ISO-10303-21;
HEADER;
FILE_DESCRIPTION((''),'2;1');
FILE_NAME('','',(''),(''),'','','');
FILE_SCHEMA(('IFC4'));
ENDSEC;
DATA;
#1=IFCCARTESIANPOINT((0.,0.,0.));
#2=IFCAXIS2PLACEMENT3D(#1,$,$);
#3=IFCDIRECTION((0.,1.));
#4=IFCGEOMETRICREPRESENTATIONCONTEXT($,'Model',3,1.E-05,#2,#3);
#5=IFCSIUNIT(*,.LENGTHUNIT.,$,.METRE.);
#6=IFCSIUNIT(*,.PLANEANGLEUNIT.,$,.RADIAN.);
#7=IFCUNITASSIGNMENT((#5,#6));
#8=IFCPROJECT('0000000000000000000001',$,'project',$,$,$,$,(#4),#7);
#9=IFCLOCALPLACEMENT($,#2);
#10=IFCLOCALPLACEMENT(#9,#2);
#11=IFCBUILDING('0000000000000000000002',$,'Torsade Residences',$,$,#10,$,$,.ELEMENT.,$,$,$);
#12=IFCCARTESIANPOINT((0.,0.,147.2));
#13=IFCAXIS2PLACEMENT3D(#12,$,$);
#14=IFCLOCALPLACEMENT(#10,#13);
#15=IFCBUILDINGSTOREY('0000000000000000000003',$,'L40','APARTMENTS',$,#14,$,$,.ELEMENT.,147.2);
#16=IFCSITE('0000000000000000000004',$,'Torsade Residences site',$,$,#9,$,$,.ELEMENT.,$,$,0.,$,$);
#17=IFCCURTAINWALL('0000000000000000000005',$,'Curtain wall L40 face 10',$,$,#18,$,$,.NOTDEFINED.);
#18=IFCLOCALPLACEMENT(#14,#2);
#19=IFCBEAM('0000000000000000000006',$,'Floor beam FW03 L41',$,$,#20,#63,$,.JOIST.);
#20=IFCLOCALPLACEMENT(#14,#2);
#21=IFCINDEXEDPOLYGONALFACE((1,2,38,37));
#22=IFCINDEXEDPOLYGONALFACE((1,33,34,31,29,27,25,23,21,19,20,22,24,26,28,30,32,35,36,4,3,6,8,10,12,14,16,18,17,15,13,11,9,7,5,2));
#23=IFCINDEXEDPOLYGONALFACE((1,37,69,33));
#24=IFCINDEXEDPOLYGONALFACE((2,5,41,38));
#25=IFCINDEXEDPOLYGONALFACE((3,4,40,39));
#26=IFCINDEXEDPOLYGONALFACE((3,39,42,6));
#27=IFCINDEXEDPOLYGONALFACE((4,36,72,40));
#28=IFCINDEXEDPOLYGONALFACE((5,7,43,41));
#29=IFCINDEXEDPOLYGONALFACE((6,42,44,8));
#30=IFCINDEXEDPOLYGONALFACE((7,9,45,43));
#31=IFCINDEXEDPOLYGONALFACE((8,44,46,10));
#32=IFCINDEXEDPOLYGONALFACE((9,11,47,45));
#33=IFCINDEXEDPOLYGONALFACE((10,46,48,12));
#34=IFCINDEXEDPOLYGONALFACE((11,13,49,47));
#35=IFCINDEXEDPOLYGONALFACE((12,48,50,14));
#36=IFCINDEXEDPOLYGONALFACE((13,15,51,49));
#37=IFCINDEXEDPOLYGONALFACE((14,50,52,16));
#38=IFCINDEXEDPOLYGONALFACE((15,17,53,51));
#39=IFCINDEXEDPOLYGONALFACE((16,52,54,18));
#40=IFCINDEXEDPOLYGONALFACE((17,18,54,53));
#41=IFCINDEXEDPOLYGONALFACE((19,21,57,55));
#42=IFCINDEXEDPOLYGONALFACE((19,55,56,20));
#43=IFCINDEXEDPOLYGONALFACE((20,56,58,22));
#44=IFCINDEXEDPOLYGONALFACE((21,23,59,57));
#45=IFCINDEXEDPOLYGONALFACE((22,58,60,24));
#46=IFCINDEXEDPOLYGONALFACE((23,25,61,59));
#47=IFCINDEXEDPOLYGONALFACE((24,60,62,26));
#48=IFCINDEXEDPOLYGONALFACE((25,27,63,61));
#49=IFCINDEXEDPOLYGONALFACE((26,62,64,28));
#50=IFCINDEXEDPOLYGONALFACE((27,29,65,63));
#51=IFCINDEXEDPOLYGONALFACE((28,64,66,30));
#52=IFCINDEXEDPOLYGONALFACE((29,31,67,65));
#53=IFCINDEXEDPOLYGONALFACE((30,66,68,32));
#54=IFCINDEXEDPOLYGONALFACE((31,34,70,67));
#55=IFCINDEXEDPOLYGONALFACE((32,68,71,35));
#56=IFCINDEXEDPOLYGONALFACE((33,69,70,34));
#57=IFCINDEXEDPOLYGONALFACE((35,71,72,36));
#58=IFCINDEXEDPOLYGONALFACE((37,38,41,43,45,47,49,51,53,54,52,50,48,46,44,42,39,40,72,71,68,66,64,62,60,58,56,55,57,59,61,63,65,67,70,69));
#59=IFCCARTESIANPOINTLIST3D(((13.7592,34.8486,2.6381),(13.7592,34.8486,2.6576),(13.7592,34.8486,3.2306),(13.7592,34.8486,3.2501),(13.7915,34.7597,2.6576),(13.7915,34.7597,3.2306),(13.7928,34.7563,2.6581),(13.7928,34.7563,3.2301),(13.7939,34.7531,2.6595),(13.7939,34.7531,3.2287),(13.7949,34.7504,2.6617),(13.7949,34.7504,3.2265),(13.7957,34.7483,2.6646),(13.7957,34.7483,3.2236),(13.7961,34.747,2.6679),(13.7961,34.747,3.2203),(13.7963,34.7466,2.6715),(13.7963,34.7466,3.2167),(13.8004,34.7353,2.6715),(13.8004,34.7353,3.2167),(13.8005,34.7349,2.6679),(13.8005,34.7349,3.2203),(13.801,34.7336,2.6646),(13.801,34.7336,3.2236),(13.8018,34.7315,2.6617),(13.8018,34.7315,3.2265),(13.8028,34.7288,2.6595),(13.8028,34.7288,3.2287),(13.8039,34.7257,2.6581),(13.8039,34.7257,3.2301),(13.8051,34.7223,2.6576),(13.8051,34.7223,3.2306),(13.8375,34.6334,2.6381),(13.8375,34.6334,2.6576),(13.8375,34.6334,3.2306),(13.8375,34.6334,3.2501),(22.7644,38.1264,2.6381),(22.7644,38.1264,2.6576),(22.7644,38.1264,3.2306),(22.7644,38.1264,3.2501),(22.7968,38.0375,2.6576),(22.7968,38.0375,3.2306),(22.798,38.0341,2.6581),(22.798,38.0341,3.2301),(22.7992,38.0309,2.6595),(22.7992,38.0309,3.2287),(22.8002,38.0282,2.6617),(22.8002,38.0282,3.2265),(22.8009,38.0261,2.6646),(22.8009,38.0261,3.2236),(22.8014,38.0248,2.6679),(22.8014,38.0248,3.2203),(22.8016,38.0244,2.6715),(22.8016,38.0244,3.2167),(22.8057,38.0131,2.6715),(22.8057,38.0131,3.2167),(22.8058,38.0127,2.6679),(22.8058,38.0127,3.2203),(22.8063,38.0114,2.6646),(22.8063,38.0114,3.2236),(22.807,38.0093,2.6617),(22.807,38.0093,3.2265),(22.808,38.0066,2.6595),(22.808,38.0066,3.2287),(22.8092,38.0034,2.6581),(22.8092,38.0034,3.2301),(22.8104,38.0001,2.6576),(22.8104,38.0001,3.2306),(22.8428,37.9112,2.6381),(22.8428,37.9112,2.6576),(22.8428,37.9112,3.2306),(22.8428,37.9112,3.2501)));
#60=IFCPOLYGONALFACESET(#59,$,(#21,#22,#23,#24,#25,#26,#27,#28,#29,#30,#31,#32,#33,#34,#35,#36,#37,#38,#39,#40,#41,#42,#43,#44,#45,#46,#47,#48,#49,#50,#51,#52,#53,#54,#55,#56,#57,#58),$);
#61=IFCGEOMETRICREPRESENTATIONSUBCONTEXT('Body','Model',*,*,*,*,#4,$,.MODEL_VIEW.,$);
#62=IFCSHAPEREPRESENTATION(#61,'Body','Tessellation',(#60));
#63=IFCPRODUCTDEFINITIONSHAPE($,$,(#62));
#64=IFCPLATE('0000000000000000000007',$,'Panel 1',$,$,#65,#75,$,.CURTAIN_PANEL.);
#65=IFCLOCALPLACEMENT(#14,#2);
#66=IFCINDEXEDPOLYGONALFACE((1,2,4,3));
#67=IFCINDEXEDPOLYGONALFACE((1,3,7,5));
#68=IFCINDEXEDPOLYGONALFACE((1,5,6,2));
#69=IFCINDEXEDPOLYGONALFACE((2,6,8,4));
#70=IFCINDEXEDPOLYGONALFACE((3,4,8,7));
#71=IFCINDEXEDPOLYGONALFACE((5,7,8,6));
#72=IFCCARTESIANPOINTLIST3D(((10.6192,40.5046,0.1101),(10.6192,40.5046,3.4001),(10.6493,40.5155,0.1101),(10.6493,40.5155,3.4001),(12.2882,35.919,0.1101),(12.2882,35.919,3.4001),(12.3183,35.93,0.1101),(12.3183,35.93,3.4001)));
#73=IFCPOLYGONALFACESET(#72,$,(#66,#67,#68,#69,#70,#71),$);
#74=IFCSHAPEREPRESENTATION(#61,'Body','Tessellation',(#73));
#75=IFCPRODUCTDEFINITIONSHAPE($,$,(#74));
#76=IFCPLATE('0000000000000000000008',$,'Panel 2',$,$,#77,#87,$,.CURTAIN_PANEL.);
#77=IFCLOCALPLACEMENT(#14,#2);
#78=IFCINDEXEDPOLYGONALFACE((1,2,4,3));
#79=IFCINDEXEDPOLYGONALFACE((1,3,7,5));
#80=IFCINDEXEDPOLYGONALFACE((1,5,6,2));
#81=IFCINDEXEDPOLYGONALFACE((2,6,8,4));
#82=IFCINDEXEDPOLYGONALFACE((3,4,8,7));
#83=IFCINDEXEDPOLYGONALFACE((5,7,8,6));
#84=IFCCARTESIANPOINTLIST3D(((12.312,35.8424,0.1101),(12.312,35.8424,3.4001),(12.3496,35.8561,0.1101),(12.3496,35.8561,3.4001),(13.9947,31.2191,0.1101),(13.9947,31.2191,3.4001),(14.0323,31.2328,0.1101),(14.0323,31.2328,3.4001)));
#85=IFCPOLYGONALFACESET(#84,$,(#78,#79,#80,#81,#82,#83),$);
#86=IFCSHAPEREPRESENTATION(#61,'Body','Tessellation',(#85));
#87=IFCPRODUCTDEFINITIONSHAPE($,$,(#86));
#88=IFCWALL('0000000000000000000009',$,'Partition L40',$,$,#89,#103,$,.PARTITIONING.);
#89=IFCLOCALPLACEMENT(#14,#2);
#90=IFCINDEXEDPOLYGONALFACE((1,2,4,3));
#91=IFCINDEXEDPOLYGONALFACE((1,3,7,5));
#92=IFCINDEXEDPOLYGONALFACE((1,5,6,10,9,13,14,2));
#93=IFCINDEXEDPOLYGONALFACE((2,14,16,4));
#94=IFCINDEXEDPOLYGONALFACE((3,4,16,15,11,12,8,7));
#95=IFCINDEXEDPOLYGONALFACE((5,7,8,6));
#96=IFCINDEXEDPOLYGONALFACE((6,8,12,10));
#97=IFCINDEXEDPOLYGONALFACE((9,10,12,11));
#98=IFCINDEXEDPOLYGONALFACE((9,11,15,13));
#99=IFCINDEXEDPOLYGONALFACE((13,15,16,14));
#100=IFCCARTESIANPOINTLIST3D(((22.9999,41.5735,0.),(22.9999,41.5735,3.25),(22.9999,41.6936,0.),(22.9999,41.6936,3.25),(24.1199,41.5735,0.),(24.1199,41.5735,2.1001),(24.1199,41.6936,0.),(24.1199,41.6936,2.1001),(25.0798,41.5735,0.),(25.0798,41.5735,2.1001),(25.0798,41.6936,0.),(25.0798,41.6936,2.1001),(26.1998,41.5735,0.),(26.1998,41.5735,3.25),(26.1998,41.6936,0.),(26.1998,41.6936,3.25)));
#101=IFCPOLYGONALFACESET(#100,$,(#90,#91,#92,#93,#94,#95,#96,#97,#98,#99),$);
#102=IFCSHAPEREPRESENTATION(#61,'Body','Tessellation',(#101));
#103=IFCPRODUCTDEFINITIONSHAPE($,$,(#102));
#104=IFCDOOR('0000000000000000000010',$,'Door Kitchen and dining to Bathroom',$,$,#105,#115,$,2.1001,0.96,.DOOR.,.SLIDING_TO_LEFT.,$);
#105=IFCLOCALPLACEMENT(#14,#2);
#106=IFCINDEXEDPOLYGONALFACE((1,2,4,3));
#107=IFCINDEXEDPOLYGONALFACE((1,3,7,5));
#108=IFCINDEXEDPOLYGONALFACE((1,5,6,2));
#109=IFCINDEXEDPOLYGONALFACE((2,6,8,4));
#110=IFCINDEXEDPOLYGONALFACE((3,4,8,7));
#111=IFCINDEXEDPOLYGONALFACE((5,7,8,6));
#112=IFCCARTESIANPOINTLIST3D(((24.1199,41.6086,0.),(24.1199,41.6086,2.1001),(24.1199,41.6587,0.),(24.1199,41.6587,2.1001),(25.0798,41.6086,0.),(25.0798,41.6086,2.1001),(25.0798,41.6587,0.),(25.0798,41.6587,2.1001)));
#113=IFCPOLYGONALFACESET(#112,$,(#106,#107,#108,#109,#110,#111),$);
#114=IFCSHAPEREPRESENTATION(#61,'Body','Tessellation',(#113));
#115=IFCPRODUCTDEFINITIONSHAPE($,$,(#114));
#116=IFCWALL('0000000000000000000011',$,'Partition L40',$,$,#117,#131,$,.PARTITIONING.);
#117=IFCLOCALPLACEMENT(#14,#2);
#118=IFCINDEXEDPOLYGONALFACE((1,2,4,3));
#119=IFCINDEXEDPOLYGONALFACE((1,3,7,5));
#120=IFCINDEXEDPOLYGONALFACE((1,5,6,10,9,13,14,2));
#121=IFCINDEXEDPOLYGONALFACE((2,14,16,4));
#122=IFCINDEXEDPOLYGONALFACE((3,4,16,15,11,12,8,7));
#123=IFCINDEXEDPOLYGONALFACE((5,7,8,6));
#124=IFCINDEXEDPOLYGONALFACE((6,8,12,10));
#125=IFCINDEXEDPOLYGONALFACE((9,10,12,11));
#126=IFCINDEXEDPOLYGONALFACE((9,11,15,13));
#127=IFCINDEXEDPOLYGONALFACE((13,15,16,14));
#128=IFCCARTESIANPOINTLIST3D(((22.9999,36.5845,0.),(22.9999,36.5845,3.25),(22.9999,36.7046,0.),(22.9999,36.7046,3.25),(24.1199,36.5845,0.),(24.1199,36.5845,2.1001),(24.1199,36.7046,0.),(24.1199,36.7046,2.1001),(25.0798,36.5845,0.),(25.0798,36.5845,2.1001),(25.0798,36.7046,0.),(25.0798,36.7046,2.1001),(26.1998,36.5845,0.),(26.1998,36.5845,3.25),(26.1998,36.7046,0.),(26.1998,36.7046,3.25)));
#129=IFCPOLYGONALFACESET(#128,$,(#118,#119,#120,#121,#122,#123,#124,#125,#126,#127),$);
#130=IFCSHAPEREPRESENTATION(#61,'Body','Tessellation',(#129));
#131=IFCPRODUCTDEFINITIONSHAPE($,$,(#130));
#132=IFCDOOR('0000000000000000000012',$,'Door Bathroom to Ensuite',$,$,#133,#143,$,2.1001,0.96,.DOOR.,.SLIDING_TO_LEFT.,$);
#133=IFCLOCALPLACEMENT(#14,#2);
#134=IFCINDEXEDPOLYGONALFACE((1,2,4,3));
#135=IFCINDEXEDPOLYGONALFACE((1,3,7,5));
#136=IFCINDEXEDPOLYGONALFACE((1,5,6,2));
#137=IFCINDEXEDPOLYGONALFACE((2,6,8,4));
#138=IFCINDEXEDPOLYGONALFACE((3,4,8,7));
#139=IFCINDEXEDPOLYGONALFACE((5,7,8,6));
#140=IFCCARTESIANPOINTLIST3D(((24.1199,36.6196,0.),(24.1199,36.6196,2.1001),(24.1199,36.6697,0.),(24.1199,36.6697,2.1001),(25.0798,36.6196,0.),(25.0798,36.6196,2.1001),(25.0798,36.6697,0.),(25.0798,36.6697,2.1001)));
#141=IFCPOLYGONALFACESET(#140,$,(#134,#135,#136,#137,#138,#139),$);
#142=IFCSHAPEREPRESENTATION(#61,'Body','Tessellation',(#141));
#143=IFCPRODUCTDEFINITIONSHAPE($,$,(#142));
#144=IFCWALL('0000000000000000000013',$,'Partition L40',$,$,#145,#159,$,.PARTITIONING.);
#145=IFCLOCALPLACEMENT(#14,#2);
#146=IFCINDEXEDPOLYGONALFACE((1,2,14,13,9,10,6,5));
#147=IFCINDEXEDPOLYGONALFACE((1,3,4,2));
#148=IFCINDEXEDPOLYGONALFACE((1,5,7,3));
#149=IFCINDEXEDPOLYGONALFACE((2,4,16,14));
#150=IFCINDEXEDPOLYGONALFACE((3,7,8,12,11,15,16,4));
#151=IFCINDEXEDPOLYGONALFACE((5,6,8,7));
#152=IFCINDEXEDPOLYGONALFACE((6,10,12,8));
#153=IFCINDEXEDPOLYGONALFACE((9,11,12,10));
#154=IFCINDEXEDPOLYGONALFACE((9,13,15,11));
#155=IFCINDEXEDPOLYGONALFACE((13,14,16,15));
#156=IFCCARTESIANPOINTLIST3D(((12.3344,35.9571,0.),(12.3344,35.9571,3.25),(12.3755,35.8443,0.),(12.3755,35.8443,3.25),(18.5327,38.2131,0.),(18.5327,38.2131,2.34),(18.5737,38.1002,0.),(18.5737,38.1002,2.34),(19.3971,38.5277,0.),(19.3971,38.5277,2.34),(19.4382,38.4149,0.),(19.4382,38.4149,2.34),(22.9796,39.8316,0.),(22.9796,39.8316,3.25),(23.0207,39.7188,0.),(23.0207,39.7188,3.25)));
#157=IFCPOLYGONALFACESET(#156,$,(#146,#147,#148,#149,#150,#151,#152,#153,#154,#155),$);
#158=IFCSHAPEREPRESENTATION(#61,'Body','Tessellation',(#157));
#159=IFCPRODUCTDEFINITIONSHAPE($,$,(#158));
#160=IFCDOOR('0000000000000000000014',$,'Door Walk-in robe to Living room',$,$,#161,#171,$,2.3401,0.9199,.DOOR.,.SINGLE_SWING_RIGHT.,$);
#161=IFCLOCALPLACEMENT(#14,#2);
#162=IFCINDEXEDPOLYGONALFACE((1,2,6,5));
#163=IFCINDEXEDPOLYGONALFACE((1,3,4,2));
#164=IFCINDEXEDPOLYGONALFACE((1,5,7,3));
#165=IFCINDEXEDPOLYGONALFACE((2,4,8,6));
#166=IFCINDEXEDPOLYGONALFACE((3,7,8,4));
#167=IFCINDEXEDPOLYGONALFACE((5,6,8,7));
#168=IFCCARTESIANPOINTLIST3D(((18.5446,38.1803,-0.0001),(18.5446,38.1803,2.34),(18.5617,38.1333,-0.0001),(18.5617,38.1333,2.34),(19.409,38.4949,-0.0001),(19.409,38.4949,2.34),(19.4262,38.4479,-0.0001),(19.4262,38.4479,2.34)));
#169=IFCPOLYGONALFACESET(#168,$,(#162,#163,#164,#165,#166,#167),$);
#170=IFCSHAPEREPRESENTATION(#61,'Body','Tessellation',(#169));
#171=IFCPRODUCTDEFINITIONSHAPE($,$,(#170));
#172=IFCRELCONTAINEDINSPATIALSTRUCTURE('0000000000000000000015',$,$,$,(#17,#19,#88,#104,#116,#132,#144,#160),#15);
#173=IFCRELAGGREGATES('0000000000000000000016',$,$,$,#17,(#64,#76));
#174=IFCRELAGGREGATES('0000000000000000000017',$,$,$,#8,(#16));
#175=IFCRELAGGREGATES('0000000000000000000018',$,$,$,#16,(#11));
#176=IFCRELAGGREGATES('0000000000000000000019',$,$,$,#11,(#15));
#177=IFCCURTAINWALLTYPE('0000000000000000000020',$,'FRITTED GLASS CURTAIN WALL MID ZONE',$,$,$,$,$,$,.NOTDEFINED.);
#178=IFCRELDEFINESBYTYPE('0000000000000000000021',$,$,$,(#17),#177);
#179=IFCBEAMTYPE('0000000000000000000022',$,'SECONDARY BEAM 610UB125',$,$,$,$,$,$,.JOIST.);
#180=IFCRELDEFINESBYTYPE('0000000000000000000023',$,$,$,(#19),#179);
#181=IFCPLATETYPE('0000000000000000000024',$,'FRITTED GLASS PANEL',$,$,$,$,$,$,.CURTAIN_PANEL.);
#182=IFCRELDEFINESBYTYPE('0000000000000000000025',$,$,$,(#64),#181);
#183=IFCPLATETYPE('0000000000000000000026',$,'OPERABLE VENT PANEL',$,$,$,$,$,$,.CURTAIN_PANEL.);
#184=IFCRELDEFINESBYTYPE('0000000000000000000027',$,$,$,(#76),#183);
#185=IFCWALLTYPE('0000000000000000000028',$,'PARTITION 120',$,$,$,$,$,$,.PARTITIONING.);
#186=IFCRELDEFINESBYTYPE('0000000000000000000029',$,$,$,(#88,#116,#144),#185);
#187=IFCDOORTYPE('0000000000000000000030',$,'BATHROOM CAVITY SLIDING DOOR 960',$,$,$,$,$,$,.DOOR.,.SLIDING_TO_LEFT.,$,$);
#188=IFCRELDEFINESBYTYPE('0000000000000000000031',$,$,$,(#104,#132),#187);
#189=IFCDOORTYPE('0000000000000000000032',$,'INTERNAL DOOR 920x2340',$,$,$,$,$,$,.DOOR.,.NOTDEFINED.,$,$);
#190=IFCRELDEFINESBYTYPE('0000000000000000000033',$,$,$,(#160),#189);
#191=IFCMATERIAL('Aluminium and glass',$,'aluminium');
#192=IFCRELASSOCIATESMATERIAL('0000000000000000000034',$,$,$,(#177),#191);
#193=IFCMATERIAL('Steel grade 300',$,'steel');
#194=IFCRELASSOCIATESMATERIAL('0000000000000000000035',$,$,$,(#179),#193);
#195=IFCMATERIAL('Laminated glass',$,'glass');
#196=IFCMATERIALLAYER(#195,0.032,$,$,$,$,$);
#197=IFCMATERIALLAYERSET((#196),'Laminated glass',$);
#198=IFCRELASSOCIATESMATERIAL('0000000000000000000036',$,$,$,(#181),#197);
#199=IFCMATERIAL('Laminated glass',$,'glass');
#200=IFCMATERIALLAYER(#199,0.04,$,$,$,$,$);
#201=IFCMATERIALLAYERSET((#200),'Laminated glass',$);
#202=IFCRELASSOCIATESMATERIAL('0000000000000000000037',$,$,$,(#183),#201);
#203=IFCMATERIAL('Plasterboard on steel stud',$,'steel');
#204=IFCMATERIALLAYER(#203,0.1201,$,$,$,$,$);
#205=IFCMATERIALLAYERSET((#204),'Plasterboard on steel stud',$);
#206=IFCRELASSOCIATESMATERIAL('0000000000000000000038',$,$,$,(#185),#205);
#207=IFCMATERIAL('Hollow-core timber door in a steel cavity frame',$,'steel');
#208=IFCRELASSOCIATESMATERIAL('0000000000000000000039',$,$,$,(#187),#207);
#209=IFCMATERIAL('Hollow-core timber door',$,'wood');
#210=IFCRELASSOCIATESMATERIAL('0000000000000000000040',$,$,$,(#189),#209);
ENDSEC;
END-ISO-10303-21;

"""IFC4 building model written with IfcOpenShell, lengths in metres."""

from ifc_helpers import new_model, si_unit, direction, frame, frame_2d, origin, origin_2d, place, context, subcontext, project, spatial, rectangle, i_section, extrude, material, layer, layer_set, material_profile, profile_set, type_object, element, fill, aggregate, save


model = new_model("IFC4")

# Units and contexts
model_context = context("Model", 3, precision=1e-05, world=origin(), true_north=direction((0.0, 1.0)))
body_context = subcontext(model_context, "Body", "Model", "MODEL_VIEW")
ifc_project = project(units=[si_unit("LENGTHUNIT", "METRE"), si_unit("PLANEANGLEUNIT", "RADIAN")], contexts=[model_context])

# Site, building, storey
site_placement = place(None, origin())
site = spatial("IfcSite", under=ifc_project, at=site_placement, Name="Torsade Residences site", CompositionType="ELEMENT", RefElevation=0.0)
building_placement = place(site_placement, origin())
building = spatial("IfcBuilding", under=site, at=building_placement, Name="Torsade Residences", CompositionType="ELEMENT")
storey_placement = place(building_placement, frame((0.0, 0.0, 147.2)))
storey = spatial("IfcBuildingStorey", under=building, at=storey_placement, Name="L40", Description="APARTMENTS", CompositionType="ELEMENT", Elevation=147.2)

# Curtain wall
ifc_material_1 = material(Name="Aluminium and glass", Category="aluminium")
curtain_wall_type = type_object("IfcCurtainWallType", Name="FRITTED GLASS CURTAIN WALL MID ZONE", PredefinedType="NOTDEFINED", material=ifc_material_1)
curtain_wall_placement = place(storey_placement, origin())
curtain_wall = element("IfcCurtainWall", 1, at=curtain_wall_placement, inside=storey, type_object=curtain_wall_type, Name="Curtain wall L40 face 10", PredefinedType="NOTDEFINED")

# Beam
ifc_material_2 = material(Name="Steel grade 300", Category="steel")
ifc_material_profile_1 = material_profile(ifc_material_2, i_section(OverallWidth=0.229, OverallDepth=0.6121, WebThickness=0.012, FlangeThickness=0.0195, FilletRadius=0.0139, at=origin_2d()), Name="610UB125")
ifc_profile_set_1 = profile_set([ifc_material_profile_1], Name="Steel grade 300")
beam_type_1 = type_object("IfcBeamType", Name="SECONDARY BEAM 610UB125", PredefinedType="JOIST", material=ifc_profile_set_1)
beam_1_placement = place(storey_placement, frame((13.7983, 34.741, 2.9441), z_axis=(0.939688, 0.342034, 0.0), x_axis=(-0.342034, 0.939688, 0.0)))
element("IfcBeam", 2, at=beam_1_placement, inside=storey, type_object=beam_type_1, Name="Floor beam FW03 L41", PredefinedType="JOIST", context=body_context, shape_type="SweptSolid", body=[
    extrude(i_section(OverallWidth=0.229, OverallDepth=0.6121, WebThickness=0.012, FlangeThickness=0.0195, FilletRadius=0.0139, at=origin_2d()), origin(), (0.0, 0.0, 1.0), 9.5833),
])

# Plates
ifc_material_3 = material(Name="Laminated glass", Category="glass")
ifc_layer_1 = layer(ifc_material_3, 0.032)
ifc_layer_set_1 = layer_set([ifc_layer_1], Name="Laminated glass")
plate_type_1 = type_object("IfcPlateType", Name="FRITTED GLASS PANEL", PredefinedType="CURTAIN_PANEL", material=ifc_layer_set_1)
plate_1_placement = place(storey_placement, frame((11.4688, 38.2173, 0.1101), z_axis=(0.0, 0.0, 1.0), x_axis=(0.34202, -0.939693, 0.0)))
plate_1 = element("IfcPlate", 3, at=plate_1_placement, type_object=plate_type_1, Name="Panel 1", PredefinedType="CURTAIN_PANEL", context=body_context, shape_type="SweptSolid", body=[
    extrude(rectangle(XDim=4.8799, YDim=0.032, at=origin_2d()), origin(), (0.0, 0.0, 1.0), 3.29),
])
ifc_material_4 = material(Name="Laminated glass", Category="glass")
ifc_layer_2 = layer(ifc_material_4, 0.04)
ifc_layer_set_2 = layer_set([ifc_layer_2], Name="Laminated glass")
plate_type_2 = type_object("IfcPlateType", Name="OPERABLE VENT PANEL", PredefinedType="CURTAIN_PANEL", material=ifc_layer_set_2)
plate_2_placement = place(storey_placement, frame((13.1721, 33.5376, 0.1101), z_axis=(0.0, 0.0, 1.0), x_axis=(0.34202, -0.939693, 0.0)))
plate_2 = element("IfcPlate", 4, at=plate_2_placement, type_object=plate_type_2, Name="Panel 2", PredefinedType="CURTAIN_PANEL", context=body_context, shape_type="SweptSolid", body=[
    extrude(rectangle(XDim=4.9199, YDim=0.04, at=origin_2d()), origin(), (0.0, 0.0, 1.0), 3.29),
])
aggregate(curtain_wall, [plate_1, plate_2])

# Walls, openings, doors
ifc_material_5 = material(Name="Plasterboard on steel stud", Category="steel")
ifc_layer_3 = layer(ifc_material_5, 0.1201)
ifc_layer_set_3 = layer_set([ifc_layer_3], Name="Plasterboard on steel stud")
wall_type_1 = type_object("IfcWallType", Name="PARTITION 120", PredefinedType="PARTITIONING", material=ifc_layer_set_3)
wall_1_placement = place(storey_placement, frame((26.2, 41.6335, 0.0), z_axis=(0.0, 0.0, 1.0), x_axis=(-1.0, 0.0, 0.0)))
wall_1 = element("IfcWall", 5, at=wall_1_placement, inside=storey, type_object=wall_type_1, Name="Partition L40", PredefinedType="PARTITIONING", context=body_context, shape_type="SweptSolid", body=[
    extrude(rectangle(XDim=3.2, YDim=0.1201, at=frame_2d((1.6001, 0.0))), origin(), (0.0, 0.0, 1.0), 3.25),
])
opening_1_placement = place(wall_1_placement, frame((1.1201, 0.0, 0.0)))
opening_1 = element("IfcOpeningElement", 6, at=opening_1_placement, cuts=wall_1, PredefinedType="OPENING", context=body_context, shape_type="SweptSolid", body=[
    extrude(rectangle(XDim=0.96, YDim=2.1001, at=frame_2d((0.48, 1.05))), frame((0.0, 0.0701, 0.0), z_axis=(0.0, -1.0, 0.0), x_axis=(1.0, 0.0, 0.0)), (0.0, 0.0, 1.0), 0.1401),
])
ifc_material_6 = material(Name="Hollow-core timber door in a steel cavity frame", Category="steel")
door_type_1 = type_object("IfcDoorType", Name="BATHROOM CAVITY SLIDING DOOR 960", OperationType="SLIDING_TO_LEFT", PredefinedType="DOOR", material=ifc_material_6)
door_1_placement = place(opening_1_placement, origin())
door_1 = element("IfcDoor", 7, at=door_1_placement, inside=storey, type_object=door_type_1, Name="Door Kitchen and dining to Bathroom", OperationType="SLIDING_TO_LEFT", OverallHeight=2.1001, OverallWidth=0.96, PredefinedType="DOOR", context=body_context, shape_type="SweptSolid", body=[
    extrude(rectangle(XDim=0.96, YDim=2.1001, at=frame_2d((0.48, 1.05))), frame((0.0, 0.0249, 0.0), z_axis=(0.0, -1.0, 0.0), x_axis=(1.0, 0.0, 0.0)), (0.0, 0.0, 1.0), 0.05),
])
fill(opening_1, door_1)
wall_2_placement = place(storey_placement, frame((26.2, 36.6445, 0.0), z_axis=(0.0, 0.0, 1.0), x_axis=(-1.0, 0.0, 0.0)))
wall_2 = element("IfcWall", 8, at=wall_2_placement, inside=storey, type_object=wall_type_1, Name="Partition L40", PredefinedType="PARTITIONING", context=body_context, shape_type="SweptSolid", body=[
    extrude(rectangle(XDim=3.2, YDim=0.1201, at=frame_2d((1.6001, 0.0))), origin(), (0.0, 0.0, 1.0), 3.25),
])
opening_2_placement = place(wall_2_placement, frame((1.1201, 0.0, 0.0)))
opening_2 = element("IfcOpeningElement", 9, at=opening_2_placement, cuts=wall_2, PredefinedType="OPENING", context=body_context, shape_type="SweptSolid", body=[
    extrude(rectangle(XDim=0.96, YDim=2.1001, at=frame_2d((0.48, 1.05))), frame((0.0, 0.0701, 0.0), z_axis=(0.0, -1.0, 0.0), x_axis=(1.0, 0.0, 0.0)), (0.0, 0.0, 1.0), 0.1401),
])
door_2_placement = place(opening_2_placement, origin())
door_2 = element("IfcDoor", 10, at=door_2_placement, inside=storey, type_object=door_type_1, Name="Door Bathroom to Ensuite", OperationType="SLIDING_TO_LEFT", OverallHeight=2.1001, OverallWidth=0.96, PredefinedType="DOOR", context=body_context, shape_type="SweptSolid", body=[
    extrude(rectangle(XDim=0.96, YDim=2.1001, at=frame_2d((0.48, 1.05))), frame((0.0, 0.0249, 0.0), z_axis=(0.0, -1.0, 0.0), x_axis=(1.0, 0.0, 0.0)), (0.0, 0.0, 1.0), 0.05),
])
fill(opening_2, door_2)
wall_3_placement = place(storey_placement, frame((23.0, 39.7751, 0.0), z_axis=(0.0, 0.0, 1.0), x_axis=(-0.939694, -0.342016, 0.0)))
wall_3 = element("IfcWall", 11, at=wall_3_placement, inside=storey, type_object=wall_type_1, Name="Partition L40", PredefinedType="PARTITIONING", context=body_context, shape_type="SweptSolid", body=[
    extrude(rectangle(XDim=11.3284, YDim=0.1201, at=frame_2d((5.6641, 0.0))), origin(), (0.0, 0.0, 1.0), 3.25),
])
opening_3_placement = place(wall_3_placement, frame((3.8123, 0.0, 0.0)))
opening_3 = element("IfcOpeningElement", 12, at=opening_3_placement, cuts=wall_3, PredefinedType="OPENING", context=body_context, shape_type="SweptSolid", body=[
    extrude(rectangle(XDim=0.9199, YDim=2.3401, at=frame_2d((0.46, 1.1699))), frame((0.0, 0.0701, 0.0), z_axis=(0.0, -1.0, 0.0), x_axis=(1.0, 0.0, 0.0)), (0.0, 0.0, 1.0), 0.1401),
])
ifc_material_7 = material(Name="Hollow-core timber door", Category="wood")
door_type_2 = type_object("IfcDoorType", Name="INTERNAL DOOR 920x2340", OperationType="NOTDEFINED", PredefinedType="DOOR", material=ifc_material_7)
door_3_placement = place(opening_3_placement, origin())
door_3 = element("IfcDoor", 13, at=door_3_placement, inside=storey, type_object=door_type_2, Name="Door Walk-in robe to Living room", OperationType="SINGLE_SWING_RIGHT", OverallHeight=2.3401, OverallWidth=0.9199, PredefinedType="DOOR", context=body_context, shape_type="SweptSolid", body=[
    extrude(rectangle(XDim=0.9199, YDim=2.3401, at=frame_2d((0.46, 1.1699))), frame((0.0, 0.0249, 0.0), z_axis=(0.0, -1.0, 0.0), x_axis=(1.0, 0.0, 0.0)), (0.0, 0.0, 1.0), 0.05),
])
fill(opening_3, door_3)

save(model, "model.ifc")
